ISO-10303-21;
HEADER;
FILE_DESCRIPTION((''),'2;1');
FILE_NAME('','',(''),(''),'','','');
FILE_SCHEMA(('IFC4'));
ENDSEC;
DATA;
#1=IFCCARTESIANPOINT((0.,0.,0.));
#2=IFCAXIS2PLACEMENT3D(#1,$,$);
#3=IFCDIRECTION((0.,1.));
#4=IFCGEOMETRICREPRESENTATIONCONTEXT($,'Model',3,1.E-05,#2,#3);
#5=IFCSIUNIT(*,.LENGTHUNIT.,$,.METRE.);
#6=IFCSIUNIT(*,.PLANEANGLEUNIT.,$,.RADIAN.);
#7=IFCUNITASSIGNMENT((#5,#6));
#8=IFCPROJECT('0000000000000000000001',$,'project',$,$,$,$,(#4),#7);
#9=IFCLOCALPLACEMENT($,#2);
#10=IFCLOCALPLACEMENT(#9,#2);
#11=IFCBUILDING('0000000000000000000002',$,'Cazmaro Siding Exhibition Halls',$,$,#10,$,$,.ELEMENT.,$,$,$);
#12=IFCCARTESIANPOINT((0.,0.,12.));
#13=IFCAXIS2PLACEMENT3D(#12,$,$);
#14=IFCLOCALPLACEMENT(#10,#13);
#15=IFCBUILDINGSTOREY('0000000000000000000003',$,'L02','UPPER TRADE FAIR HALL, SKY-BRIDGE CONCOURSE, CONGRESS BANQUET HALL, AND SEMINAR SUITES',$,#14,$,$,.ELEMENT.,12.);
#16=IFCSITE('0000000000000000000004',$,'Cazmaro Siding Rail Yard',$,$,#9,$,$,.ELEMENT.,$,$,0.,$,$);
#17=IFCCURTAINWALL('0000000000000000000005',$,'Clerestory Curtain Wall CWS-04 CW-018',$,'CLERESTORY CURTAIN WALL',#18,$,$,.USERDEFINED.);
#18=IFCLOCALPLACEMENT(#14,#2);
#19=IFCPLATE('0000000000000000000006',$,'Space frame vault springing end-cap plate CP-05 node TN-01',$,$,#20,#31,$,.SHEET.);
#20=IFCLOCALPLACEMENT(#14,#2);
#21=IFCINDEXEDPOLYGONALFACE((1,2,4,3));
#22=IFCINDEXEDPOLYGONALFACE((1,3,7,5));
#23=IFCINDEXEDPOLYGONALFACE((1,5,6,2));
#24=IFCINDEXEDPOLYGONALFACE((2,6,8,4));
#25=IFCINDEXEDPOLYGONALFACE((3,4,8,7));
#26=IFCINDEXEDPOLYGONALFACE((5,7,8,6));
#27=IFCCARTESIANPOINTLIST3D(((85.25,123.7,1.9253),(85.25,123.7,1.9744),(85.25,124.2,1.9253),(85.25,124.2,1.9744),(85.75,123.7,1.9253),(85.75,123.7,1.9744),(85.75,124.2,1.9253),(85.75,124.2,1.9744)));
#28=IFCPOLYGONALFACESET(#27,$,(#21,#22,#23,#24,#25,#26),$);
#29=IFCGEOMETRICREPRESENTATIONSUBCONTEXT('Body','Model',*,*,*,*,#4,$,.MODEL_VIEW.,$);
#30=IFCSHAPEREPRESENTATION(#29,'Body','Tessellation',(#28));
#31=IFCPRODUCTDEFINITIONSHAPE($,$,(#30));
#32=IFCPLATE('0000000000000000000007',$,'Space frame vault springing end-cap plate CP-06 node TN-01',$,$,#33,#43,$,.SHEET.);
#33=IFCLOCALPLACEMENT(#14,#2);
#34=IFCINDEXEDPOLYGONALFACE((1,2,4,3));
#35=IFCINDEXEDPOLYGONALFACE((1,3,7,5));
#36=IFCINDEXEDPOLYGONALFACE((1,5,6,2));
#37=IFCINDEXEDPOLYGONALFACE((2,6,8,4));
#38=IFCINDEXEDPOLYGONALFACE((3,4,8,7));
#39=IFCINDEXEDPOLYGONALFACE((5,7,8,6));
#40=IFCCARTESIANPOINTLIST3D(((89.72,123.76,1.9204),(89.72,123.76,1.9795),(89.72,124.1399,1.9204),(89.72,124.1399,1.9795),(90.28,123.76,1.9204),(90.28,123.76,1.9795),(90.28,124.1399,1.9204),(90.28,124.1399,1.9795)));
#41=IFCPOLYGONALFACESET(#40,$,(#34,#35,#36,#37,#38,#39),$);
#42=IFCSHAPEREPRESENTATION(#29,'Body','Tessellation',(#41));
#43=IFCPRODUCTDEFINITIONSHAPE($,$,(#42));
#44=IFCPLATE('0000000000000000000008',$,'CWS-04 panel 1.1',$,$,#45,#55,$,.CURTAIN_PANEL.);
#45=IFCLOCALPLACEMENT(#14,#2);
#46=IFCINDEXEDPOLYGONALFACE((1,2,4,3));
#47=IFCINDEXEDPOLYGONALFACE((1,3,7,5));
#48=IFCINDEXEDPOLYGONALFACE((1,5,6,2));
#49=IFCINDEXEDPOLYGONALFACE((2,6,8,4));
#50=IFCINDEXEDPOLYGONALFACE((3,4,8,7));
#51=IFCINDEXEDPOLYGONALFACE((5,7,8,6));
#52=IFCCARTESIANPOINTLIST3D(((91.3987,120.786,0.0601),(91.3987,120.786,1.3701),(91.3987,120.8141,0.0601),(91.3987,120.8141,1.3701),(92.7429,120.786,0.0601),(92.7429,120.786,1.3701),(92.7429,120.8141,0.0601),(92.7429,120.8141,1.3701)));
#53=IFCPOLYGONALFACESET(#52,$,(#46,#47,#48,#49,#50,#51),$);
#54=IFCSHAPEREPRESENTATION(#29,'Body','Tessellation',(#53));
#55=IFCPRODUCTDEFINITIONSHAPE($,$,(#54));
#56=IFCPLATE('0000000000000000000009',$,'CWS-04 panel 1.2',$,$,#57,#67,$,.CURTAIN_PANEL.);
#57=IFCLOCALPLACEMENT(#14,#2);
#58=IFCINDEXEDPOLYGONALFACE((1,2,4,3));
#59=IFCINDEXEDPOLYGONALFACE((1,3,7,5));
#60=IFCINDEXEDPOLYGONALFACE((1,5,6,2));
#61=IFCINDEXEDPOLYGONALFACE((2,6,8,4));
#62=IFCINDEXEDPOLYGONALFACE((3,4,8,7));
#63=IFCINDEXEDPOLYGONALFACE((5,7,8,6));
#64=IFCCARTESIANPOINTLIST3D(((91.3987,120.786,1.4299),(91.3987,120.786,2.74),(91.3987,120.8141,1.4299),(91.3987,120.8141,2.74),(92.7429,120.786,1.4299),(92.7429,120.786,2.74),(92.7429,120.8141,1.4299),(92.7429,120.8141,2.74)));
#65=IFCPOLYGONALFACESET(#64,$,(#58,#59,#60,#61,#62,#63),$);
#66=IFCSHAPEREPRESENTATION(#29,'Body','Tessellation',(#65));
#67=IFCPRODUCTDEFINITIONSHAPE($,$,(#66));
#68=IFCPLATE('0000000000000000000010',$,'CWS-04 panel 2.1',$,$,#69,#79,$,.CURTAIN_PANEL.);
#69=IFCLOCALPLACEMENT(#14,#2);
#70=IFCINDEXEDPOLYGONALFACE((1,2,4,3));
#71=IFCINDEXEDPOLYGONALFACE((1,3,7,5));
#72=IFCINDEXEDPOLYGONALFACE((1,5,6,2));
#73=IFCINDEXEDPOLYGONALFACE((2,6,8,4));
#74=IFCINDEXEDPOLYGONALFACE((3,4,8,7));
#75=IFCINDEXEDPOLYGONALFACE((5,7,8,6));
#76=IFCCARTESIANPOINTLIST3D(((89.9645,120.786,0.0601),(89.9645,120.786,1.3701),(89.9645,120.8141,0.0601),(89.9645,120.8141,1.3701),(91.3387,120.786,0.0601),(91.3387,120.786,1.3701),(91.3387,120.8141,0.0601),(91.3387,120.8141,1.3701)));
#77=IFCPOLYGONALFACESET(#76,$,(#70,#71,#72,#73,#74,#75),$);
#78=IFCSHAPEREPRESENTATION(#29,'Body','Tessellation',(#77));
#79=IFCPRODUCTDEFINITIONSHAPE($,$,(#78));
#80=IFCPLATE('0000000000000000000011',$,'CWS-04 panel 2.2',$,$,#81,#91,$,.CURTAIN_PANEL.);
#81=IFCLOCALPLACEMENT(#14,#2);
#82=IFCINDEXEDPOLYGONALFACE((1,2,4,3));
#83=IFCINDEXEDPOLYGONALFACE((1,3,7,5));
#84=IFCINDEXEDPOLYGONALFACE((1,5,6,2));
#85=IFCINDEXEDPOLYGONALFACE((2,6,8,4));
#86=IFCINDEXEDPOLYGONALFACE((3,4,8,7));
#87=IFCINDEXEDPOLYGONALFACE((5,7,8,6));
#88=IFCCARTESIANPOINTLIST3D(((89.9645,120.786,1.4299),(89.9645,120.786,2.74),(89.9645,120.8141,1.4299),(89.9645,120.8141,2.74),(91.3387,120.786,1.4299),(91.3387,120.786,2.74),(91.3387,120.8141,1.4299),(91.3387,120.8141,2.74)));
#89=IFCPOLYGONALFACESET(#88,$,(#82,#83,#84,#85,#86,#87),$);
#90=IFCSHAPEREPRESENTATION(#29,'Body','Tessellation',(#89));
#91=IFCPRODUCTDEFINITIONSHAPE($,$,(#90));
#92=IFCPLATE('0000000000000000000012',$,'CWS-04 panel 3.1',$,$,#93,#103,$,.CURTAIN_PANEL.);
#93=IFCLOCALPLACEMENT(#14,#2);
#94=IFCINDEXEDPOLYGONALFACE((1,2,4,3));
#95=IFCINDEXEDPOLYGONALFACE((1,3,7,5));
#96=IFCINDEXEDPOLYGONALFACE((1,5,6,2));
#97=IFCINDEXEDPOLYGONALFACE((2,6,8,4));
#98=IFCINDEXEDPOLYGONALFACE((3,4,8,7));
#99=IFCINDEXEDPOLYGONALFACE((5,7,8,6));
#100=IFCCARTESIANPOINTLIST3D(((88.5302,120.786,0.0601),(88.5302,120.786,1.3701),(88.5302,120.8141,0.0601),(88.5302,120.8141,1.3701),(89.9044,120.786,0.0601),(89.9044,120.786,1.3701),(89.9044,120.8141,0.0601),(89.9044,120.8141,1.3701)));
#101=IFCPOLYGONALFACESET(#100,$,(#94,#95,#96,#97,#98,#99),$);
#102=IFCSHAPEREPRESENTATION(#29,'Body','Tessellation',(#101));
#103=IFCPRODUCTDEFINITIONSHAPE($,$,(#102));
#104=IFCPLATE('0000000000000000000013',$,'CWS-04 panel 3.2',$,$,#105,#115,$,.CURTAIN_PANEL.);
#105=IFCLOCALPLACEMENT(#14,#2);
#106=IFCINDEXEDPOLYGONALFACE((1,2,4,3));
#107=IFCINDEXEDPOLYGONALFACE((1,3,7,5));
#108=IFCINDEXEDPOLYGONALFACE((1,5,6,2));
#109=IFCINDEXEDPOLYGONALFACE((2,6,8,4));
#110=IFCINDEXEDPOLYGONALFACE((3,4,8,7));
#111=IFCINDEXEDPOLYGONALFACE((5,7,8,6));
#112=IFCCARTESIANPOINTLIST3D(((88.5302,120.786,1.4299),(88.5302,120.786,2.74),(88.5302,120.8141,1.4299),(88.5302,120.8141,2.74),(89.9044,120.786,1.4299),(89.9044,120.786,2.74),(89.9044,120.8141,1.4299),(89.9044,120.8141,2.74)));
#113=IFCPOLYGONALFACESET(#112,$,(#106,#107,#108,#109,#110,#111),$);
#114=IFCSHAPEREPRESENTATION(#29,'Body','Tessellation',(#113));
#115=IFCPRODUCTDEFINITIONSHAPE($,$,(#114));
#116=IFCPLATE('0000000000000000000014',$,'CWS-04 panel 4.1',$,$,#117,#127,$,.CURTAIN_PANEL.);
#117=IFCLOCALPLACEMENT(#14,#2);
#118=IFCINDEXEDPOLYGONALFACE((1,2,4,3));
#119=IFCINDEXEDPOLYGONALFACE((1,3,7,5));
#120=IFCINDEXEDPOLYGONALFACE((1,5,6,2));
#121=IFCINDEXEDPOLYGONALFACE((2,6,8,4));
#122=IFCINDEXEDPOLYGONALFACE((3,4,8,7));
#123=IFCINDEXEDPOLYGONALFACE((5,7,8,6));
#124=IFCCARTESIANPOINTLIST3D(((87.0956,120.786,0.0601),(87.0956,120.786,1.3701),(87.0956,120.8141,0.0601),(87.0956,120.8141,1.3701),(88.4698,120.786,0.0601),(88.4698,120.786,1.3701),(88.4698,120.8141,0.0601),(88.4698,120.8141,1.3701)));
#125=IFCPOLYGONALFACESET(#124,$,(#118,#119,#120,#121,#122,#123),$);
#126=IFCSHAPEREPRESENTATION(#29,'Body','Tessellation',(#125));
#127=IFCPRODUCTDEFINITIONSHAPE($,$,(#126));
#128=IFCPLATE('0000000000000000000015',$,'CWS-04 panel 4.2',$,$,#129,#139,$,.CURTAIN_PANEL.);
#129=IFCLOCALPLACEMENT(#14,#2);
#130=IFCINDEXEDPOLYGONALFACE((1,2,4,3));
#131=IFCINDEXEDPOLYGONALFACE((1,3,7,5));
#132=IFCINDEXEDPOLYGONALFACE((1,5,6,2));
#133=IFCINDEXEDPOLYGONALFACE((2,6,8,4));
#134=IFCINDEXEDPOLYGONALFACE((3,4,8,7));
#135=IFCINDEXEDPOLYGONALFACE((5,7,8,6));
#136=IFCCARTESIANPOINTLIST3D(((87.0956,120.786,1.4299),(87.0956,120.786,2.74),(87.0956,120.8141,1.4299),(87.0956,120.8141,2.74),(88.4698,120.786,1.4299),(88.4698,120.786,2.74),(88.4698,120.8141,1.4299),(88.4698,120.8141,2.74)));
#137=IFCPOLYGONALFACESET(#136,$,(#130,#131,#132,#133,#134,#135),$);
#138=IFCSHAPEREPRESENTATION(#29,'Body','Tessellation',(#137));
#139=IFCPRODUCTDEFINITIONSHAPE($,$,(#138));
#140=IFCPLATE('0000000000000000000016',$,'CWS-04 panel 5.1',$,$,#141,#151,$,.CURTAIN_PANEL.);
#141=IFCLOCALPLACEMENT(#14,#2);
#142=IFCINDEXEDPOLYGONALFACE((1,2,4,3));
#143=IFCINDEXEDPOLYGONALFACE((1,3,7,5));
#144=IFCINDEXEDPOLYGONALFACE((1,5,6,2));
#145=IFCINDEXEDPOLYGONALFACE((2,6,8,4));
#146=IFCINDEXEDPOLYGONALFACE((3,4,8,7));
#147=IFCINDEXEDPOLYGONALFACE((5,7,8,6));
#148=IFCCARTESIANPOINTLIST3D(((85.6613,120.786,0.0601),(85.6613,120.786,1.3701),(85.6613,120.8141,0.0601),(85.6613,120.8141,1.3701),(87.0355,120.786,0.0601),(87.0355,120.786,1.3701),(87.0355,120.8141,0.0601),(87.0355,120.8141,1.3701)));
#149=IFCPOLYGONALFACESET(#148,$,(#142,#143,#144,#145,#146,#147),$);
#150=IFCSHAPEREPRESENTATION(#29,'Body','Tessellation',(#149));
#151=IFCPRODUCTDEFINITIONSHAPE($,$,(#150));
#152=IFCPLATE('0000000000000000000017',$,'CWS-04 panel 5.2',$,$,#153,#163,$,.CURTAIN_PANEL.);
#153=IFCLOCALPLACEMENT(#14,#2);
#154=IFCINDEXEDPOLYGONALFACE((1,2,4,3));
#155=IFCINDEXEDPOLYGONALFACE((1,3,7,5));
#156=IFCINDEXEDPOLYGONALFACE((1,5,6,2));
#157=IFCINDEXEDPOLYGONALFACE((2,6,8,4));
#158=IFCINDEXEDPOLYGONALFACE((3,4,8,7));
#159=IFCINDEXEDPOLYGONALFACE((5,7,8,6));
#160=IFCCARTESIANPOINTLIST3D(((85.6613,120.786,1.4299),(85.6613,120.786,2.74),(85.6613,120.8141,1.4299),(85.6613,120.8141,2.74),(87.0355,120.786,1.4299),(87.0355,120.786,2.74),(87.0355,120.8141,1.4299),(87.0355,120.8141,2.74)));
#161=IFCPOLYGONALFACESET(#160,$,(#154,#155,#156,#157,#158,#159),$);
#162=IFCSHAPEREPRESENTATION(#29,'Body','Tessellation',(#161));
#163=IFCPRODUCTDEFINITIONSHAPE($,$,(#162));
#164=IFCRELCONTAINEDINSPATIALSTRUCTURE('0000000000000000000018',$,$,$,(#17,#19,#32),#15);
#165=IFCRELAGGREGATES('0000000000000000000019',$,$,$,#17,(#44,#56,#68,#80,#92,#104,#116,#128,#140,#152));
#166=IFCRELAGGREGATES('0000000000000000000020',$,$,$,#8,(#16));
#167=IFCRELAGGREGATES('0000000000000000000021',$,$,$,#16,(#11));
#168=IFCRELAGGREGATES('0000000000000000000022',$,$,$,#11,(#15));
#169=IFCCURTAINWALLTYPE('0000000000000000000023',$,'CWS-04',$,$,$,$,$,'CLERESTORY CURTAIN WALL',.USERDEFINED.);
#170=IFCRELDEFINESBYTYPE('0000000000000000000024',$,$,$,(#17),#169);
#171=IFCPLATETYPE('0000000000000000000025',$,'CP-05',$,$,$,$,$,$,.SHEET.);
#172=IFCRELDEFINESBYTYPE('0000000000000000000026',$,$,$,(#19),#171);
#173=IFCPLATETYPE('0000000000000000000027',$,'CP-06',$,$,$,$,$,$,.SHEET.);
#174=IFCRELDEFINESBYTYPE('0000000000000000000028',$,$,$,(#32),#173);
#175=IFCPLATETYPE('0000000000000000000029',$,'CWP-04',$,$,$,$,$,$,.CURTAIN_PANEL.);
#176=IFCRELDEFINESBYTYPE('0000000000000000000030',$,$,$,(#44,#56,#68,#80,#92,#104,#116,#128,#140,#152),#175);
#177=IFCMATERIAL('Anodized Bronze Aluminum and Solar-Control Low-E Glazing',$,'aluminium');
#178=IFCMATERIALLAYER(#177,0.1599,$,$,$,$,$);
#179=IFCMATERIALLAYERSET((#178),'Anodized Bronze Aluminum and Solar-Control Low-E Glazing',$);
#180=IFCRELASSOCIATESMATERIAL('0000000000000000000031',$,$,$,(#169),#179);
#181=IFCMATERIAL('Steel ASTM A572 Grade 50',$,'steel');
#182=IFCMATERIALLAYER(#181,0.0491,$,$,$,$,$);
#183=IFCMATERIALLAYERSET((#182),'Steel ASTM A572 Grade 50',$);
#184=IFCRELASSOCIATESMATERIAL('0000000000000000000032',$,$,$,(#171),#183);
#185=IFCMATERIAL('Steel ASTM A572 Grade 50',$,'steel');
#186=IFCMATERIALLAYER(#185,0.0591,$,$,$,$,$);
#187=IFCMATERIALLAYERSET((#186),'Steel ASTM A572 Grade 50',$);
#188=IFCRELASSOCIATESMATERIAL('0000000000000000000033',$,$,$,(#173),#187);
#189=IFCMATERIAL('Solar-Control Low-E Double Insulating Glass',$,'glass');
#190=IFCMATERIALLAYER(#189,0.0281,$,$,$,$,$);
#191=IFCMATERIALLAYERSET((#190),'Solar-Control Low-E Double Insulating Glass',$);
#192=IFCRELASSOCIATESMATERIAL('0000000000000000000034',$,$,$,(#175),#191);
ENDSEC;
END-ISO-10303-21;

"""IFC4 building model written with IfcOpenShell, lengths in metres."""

from ifc_helpers import new_model, si_unit, direction, frame, origin, origin_2d, place, context, subcontext, project, spatial, rectangle, extrude, material, layer, layer_set, type_object, element, aggregate, save


model = new_model("IFC4")

# Units and contexts
model_context = context("Model", 3, precision=1e-05, world=origin(), true_north=direction((0.0, 1.0)))
body_context = subcontext(model_context, "Body", "Model", "MODEL_VIEW")
ifc_project = project(units=[si_unit("LENGTHUNIT", "METRE"), si_unit("PLANEANGLEUNIT", "RADIAN")], contexts=[model_context])

# Site, building, storey
site_placement = place(None, origin())
site = spatial("IfcSite", under=ifc_project, at=site_placement, Name="Cazmaro Siding Rail Yard", CompositionType="ELEMENT", RefElevation=0.0)
building_placement = place(site_placement, origin())
building = spatial("IfcBuilding", under=site, at=building_placement, Name="Cazmaro Siding Exhibition Halls", CompositionType="ELEMENT")
storey_placement = place(building_placement, frame((0.0, 0.0, 12.0)))
storey = spatial("IfcBuildingStorey", under=building, at=storey_placement, Name="L02", Description="UPPER TRADE FAIR HALL, SKY-BRIDGE CONCOURSE, CONGRESS BANQUET HALL, AND SEMINAR SUITES", CompositionType="ELEMENT", Elevation=12.0)

# Curtain wall
ifc_material_1 = material(Name="Anodized Bronze Aluminum and Solar-Control Low-E Glazing", Category="aluminium")
ifc_layer_1 = layer(ifc_material_1, 0.1599)
ifc_layer_set_1 = layer_set([ifc_layer_1], Name="Anodized Bronze Aluminum and Solar-Control Low-E Glazing")
curtain_wall_type = type_object("IfcCurtainWallType", Name="CWS-04", ElementType="CLERESTORY CURTAIN WALL", PredefinedType="USERDEFINED", material=ifc_layer_set_1)
curtain_wall_placement = place(storey_placement, origin())
curtain_wall = element("IfcCurtainWall", 1, at=curtain_wall_placement, inside=storey, type_object=curtain_wall_type, Name="Clerestory Curtain Wall CWS-04 CW-018", ObjectType="CLERESTORY CURTAIN WALL", PredefinedType="USERDEFINED")

# Plates
ifc_material_2 = material(Name="Steel ASTM A572 Grade 50", Category="steel")
ifc_layer_2 = layer(ifc_material_2, 0.0491)
ifc_layer_set_2 = layer_set([ifc_layer_2], Name="Steel ASTM A572 Grade 50")
plate_type_1 = type_object("IfcPlateType", Name="CP-05", PredefinedType="SHEET", material=ifc_layer_set_2)
plate_1_placement = place(storey_placement, frame((85.5, 123.95, 1.9253), z_axis=(0.0, 0.0, 1.0), x_axis=(1.0, 0.0, 0.0)))
element("IfcPlate", 2, at=plate_1_placement, inside=storey, type_object=plate_type_1, Name="Space frame vault springing end-cap plate CP-05 node TN-01", PredefinedType="SHEET", context=body_context, shape_type="SweptSolid", body=[
    extrude(rectangle(XDim=0.5, YDim=0.5, at=origin_2d()), origin(), (0.0, 0.0, 1.0), 0.0491),
])
ifc_material_3 = material(Name="Steel ASTM A572 Grade 50", Category="steel")
ifc_layer_3 = layer(ifc_material_3, 0.0591)
ifc_layer_set_3 = layer_set([ifc_layer_3], Name="Steel ASTM A572 Grade 50")
plate_type_2 = type_object("IfcPlateType", Name="CP-06", PredefinedType="SHEET", material=ifc_layer_set_3)
plate_2_placement = place(storey_placement, frame((90.0, 123.95, 1.9204), z_axis=(0.0, 0.0, 1.0), x_axis=(1.0, 0.0, 0.0)))
element("IfcPlate", 3, at=plate_2_placement, inside=storey, type_object=plate_type_2, Name="Space frame vault springing end-cap plate CP-06 node TN-01", PredefinedType="SHEET", context=body_context, shape_type="SweptSolid", body=[
    extrude(rectangle(XDim=0.5601, YDim=0.3799, at=origin_2d()), origin(), (0.0, 0.0, 1.0), 0.0591),
])

# Plates
ifc_material_4 = material(Name="Solar-Control Low-E Double Insulating Glass", Category="glass")
ifc_layer_4 = layer(ifc_material_4, 0.0281)
ifc_layer_set_4 = layer_set([ifc_layer_4], Name="Solar-Control Low-E Double Insulating Glass")
plate_type_3 = type_object("IfcPlateType", Name="CWP-04", PredefinedType="CURTAIN_PANEL", material=ifc_layer_set_4)
plate_3_placement = place(storey_placement, frame((92.0708, 120.8, 0.0601), z_axis=(0.0, 0.0, 1.0), x_axis=(-1.0, 0.0, 0.0)))
plate_3 = element("IfcPlate", 4, at=plate_3_placement, type_object=plate_type_3, Name="CWS-04 panel 1.1", PredefinedType="CURTAIN_PANEL", context=body_context, shape_type="SweptSolid", body=[
    extrude(rectangle(XDim=1.3442, YDim=0.0281, at=origin_2d()), origin(), (0.0, 0.0, 1.0), 1.3101),
])
plate_4_placement = place(storey_placement, frame((92.0708, 120.8, 1.4299), z_axis=(0.0, 0.0, 1.0), x_axis=(-1.0, 0.0, 0.0)))
plate_4 = element("IfcPlate", 5, at=plate_4_placement, type_object=plate_type_3, Name="CWS-04 panel 1.2", PredefinedType="CURTAIN_PANEL", context=body_context, shape_type="SweptSolid", body=[
    extrude(rectangle(XDim=1.3442, YDim=0.0281, at=origin_2d()), origin(), (0.0, 0.0, 1.0), 1.3101),
])
plate_5_placement = place(storey_placement, frame((90.6516, 120.8, 0.0601), z_axis=(0.0, 0.0, 1.0), x_axis=(-1.0, 0.0, 0.0)))
plate_5 = element("IfcPlate", 6, at=plate_5_placement, type_object=plate_type_3, Name="CWS-04 panel 2.1", PredefinedType="CURTAIN_PANEL", context=body_context, shape_type="SweptSolid", body=[
    extrude(rectangle(XDim=1.3743, YDim=0.0281, at=origin_2d()), origin(), (0.0, 0.0, 1.0), 1.3101),
])
plate_6_placement = place(storey_placement, frame((90.6516, 120.8, 1.4299), z_axis=(0.0, 0.0, 1.0), x_axis=(-1.0, 0.0, 0.0)))
plate_6 = element("IfcPlate", 7, at=plate_6_placement, type_object=plate_type_3, Name="CWS-04 panel 2.2", PredefinedType="CURTAIN_PANEL", context=body_context, shape_type="SweptSolid", body=[
    extrude(rectangle(XDim=1.3743, YDim=0.0281, at=origin_2d()), origin(), (0.0, 0.0, 1.0), 1.3101),
])
plate_7_placement = place(storey_placement, frame((89.2173, 120.8, 0.0601), z_axis=(0.0, 0.0, 1.0), x_axis=(-1.0, 0.0, 0.0)))
plate_7 = element("IfcPlate", 8, at=plate_7_placement, type_object=plate_type_3, Name="CWS-04 panel 3.1", PredefinedType="CURTAIN_PANEL", context=body_context, shape_type="SweptSolid", body=[
    extrude(rectangle(XDim=1.3743, YDim=0.0281, at=origin_2d()), origin(), (0.0, 0.0, 1.0), 1.3101),
])
plate_8_placement = place(storey_placement, frame((89.2173, 120.8, 1.4299), z_axis=(0.0, 0.0, 1.0), x_axis=(-1.0, 0.0, 0.0)))
plate_8 = element("IfcPlate", 9, at=plate_8_placement, type_object=plate_type_3, Name="CWS-04 panel 3.2", PredefinedType="CURTAIN_PANEL", context=body_context, shape_type="SweptSolid", body=[
    extrude(rectangle(XDim=1.3743, YDim=0.0281, at=origin_2d()), origin(), (0.0, 0.0, 1.0), 1.3101),
])
plate_9_placement = place(storey_placement, frame((87.7827, 120.8, 0.0601), z_axis=(0.0, 0.0, 1.0), x_axis=(-1.0, 0.0, 0.0)))
plate_9 = element("IfcPlate", 10, at=plate_9_placement, type_object=plate_type_3, Name="CWS-04 panel 4.1", PredefinedType="CURTAIN_PANEL", context=body_context, shape_type="SweptSolid", body=[
    extrude(rectangle(XDim=1.3743, YDim=0.0281, at=origin_2d()), origin(), (0.0, 0.0, 1.0), 1.3101),
])
plate_10_placement = place(storey_placement, frame((87.7827, 120.8, 1.4299), z_axis=(0.0, 0.0, 1.0), x_axis=(-1.0, 0.0, 0.0)))
plate_10 = element("IfcPlate", 11, at=plate_10_placement, type_object=plate_type_3, Name="CWS-04 panel 4.2", PredefinedType="CURTAIN_PANEL", context=body_context, shape_type="SweptSolid", body=[
    extrude(rectangle(XDim=1.3743, YDim=0.0281, at=origin_2d()), origin(), (0.0, 0.0, 1.0), 1.3101),
])
plate_11_placement = place(storey_placement, frame((86.3484, 120.8, 0.0601), z_axis=(0.0, 0.0, 1.0), x_axis=(-1.0, 0.0, 0.0)))
plate_11 = element("IfcPlate", 12, at=plate_11_placement, type_object=plate_type_3, Name="CWS-04 panel 5.1", PredefinedType="CURTAIN_PANEL", context=body_context, shape_type="SweptSolid", body=[
    extrude(rectangle(XDim=1.3743, YDim=0.0281, at=origin_2d()), origin(), (0.0, 0.0, 1.0), 1.3101),
])
plate_12_placement = place(storey_placement, frame((86.3484, 120.8, 1.4299), z_axis=(0.0, 0.0, 1.0), x_axis=(-1.0, 0.0, 0.0)))
plate_12 = element("IfcPlate", 13, at=plate_12_placement, type_object=plate_type_3, Name="CWS-04 panel 5.2", PredefinedType="CURTAIN_PANEL", context=body_context, shape_type="SweptSolid", body=[
    extrude(rectangle(XDim=1.3743, YDim=0.0281, at=origin_2d()), origin(), (0.0, 0.0, 1.0), 1.3101),
])
aggregate(curtain_wall, [plate_3, plate_4, plate_5, plate_6, plate_7, plate_8, plate_9, plate_10, plate_11, plate_12])

save(model, "model.ifc")
